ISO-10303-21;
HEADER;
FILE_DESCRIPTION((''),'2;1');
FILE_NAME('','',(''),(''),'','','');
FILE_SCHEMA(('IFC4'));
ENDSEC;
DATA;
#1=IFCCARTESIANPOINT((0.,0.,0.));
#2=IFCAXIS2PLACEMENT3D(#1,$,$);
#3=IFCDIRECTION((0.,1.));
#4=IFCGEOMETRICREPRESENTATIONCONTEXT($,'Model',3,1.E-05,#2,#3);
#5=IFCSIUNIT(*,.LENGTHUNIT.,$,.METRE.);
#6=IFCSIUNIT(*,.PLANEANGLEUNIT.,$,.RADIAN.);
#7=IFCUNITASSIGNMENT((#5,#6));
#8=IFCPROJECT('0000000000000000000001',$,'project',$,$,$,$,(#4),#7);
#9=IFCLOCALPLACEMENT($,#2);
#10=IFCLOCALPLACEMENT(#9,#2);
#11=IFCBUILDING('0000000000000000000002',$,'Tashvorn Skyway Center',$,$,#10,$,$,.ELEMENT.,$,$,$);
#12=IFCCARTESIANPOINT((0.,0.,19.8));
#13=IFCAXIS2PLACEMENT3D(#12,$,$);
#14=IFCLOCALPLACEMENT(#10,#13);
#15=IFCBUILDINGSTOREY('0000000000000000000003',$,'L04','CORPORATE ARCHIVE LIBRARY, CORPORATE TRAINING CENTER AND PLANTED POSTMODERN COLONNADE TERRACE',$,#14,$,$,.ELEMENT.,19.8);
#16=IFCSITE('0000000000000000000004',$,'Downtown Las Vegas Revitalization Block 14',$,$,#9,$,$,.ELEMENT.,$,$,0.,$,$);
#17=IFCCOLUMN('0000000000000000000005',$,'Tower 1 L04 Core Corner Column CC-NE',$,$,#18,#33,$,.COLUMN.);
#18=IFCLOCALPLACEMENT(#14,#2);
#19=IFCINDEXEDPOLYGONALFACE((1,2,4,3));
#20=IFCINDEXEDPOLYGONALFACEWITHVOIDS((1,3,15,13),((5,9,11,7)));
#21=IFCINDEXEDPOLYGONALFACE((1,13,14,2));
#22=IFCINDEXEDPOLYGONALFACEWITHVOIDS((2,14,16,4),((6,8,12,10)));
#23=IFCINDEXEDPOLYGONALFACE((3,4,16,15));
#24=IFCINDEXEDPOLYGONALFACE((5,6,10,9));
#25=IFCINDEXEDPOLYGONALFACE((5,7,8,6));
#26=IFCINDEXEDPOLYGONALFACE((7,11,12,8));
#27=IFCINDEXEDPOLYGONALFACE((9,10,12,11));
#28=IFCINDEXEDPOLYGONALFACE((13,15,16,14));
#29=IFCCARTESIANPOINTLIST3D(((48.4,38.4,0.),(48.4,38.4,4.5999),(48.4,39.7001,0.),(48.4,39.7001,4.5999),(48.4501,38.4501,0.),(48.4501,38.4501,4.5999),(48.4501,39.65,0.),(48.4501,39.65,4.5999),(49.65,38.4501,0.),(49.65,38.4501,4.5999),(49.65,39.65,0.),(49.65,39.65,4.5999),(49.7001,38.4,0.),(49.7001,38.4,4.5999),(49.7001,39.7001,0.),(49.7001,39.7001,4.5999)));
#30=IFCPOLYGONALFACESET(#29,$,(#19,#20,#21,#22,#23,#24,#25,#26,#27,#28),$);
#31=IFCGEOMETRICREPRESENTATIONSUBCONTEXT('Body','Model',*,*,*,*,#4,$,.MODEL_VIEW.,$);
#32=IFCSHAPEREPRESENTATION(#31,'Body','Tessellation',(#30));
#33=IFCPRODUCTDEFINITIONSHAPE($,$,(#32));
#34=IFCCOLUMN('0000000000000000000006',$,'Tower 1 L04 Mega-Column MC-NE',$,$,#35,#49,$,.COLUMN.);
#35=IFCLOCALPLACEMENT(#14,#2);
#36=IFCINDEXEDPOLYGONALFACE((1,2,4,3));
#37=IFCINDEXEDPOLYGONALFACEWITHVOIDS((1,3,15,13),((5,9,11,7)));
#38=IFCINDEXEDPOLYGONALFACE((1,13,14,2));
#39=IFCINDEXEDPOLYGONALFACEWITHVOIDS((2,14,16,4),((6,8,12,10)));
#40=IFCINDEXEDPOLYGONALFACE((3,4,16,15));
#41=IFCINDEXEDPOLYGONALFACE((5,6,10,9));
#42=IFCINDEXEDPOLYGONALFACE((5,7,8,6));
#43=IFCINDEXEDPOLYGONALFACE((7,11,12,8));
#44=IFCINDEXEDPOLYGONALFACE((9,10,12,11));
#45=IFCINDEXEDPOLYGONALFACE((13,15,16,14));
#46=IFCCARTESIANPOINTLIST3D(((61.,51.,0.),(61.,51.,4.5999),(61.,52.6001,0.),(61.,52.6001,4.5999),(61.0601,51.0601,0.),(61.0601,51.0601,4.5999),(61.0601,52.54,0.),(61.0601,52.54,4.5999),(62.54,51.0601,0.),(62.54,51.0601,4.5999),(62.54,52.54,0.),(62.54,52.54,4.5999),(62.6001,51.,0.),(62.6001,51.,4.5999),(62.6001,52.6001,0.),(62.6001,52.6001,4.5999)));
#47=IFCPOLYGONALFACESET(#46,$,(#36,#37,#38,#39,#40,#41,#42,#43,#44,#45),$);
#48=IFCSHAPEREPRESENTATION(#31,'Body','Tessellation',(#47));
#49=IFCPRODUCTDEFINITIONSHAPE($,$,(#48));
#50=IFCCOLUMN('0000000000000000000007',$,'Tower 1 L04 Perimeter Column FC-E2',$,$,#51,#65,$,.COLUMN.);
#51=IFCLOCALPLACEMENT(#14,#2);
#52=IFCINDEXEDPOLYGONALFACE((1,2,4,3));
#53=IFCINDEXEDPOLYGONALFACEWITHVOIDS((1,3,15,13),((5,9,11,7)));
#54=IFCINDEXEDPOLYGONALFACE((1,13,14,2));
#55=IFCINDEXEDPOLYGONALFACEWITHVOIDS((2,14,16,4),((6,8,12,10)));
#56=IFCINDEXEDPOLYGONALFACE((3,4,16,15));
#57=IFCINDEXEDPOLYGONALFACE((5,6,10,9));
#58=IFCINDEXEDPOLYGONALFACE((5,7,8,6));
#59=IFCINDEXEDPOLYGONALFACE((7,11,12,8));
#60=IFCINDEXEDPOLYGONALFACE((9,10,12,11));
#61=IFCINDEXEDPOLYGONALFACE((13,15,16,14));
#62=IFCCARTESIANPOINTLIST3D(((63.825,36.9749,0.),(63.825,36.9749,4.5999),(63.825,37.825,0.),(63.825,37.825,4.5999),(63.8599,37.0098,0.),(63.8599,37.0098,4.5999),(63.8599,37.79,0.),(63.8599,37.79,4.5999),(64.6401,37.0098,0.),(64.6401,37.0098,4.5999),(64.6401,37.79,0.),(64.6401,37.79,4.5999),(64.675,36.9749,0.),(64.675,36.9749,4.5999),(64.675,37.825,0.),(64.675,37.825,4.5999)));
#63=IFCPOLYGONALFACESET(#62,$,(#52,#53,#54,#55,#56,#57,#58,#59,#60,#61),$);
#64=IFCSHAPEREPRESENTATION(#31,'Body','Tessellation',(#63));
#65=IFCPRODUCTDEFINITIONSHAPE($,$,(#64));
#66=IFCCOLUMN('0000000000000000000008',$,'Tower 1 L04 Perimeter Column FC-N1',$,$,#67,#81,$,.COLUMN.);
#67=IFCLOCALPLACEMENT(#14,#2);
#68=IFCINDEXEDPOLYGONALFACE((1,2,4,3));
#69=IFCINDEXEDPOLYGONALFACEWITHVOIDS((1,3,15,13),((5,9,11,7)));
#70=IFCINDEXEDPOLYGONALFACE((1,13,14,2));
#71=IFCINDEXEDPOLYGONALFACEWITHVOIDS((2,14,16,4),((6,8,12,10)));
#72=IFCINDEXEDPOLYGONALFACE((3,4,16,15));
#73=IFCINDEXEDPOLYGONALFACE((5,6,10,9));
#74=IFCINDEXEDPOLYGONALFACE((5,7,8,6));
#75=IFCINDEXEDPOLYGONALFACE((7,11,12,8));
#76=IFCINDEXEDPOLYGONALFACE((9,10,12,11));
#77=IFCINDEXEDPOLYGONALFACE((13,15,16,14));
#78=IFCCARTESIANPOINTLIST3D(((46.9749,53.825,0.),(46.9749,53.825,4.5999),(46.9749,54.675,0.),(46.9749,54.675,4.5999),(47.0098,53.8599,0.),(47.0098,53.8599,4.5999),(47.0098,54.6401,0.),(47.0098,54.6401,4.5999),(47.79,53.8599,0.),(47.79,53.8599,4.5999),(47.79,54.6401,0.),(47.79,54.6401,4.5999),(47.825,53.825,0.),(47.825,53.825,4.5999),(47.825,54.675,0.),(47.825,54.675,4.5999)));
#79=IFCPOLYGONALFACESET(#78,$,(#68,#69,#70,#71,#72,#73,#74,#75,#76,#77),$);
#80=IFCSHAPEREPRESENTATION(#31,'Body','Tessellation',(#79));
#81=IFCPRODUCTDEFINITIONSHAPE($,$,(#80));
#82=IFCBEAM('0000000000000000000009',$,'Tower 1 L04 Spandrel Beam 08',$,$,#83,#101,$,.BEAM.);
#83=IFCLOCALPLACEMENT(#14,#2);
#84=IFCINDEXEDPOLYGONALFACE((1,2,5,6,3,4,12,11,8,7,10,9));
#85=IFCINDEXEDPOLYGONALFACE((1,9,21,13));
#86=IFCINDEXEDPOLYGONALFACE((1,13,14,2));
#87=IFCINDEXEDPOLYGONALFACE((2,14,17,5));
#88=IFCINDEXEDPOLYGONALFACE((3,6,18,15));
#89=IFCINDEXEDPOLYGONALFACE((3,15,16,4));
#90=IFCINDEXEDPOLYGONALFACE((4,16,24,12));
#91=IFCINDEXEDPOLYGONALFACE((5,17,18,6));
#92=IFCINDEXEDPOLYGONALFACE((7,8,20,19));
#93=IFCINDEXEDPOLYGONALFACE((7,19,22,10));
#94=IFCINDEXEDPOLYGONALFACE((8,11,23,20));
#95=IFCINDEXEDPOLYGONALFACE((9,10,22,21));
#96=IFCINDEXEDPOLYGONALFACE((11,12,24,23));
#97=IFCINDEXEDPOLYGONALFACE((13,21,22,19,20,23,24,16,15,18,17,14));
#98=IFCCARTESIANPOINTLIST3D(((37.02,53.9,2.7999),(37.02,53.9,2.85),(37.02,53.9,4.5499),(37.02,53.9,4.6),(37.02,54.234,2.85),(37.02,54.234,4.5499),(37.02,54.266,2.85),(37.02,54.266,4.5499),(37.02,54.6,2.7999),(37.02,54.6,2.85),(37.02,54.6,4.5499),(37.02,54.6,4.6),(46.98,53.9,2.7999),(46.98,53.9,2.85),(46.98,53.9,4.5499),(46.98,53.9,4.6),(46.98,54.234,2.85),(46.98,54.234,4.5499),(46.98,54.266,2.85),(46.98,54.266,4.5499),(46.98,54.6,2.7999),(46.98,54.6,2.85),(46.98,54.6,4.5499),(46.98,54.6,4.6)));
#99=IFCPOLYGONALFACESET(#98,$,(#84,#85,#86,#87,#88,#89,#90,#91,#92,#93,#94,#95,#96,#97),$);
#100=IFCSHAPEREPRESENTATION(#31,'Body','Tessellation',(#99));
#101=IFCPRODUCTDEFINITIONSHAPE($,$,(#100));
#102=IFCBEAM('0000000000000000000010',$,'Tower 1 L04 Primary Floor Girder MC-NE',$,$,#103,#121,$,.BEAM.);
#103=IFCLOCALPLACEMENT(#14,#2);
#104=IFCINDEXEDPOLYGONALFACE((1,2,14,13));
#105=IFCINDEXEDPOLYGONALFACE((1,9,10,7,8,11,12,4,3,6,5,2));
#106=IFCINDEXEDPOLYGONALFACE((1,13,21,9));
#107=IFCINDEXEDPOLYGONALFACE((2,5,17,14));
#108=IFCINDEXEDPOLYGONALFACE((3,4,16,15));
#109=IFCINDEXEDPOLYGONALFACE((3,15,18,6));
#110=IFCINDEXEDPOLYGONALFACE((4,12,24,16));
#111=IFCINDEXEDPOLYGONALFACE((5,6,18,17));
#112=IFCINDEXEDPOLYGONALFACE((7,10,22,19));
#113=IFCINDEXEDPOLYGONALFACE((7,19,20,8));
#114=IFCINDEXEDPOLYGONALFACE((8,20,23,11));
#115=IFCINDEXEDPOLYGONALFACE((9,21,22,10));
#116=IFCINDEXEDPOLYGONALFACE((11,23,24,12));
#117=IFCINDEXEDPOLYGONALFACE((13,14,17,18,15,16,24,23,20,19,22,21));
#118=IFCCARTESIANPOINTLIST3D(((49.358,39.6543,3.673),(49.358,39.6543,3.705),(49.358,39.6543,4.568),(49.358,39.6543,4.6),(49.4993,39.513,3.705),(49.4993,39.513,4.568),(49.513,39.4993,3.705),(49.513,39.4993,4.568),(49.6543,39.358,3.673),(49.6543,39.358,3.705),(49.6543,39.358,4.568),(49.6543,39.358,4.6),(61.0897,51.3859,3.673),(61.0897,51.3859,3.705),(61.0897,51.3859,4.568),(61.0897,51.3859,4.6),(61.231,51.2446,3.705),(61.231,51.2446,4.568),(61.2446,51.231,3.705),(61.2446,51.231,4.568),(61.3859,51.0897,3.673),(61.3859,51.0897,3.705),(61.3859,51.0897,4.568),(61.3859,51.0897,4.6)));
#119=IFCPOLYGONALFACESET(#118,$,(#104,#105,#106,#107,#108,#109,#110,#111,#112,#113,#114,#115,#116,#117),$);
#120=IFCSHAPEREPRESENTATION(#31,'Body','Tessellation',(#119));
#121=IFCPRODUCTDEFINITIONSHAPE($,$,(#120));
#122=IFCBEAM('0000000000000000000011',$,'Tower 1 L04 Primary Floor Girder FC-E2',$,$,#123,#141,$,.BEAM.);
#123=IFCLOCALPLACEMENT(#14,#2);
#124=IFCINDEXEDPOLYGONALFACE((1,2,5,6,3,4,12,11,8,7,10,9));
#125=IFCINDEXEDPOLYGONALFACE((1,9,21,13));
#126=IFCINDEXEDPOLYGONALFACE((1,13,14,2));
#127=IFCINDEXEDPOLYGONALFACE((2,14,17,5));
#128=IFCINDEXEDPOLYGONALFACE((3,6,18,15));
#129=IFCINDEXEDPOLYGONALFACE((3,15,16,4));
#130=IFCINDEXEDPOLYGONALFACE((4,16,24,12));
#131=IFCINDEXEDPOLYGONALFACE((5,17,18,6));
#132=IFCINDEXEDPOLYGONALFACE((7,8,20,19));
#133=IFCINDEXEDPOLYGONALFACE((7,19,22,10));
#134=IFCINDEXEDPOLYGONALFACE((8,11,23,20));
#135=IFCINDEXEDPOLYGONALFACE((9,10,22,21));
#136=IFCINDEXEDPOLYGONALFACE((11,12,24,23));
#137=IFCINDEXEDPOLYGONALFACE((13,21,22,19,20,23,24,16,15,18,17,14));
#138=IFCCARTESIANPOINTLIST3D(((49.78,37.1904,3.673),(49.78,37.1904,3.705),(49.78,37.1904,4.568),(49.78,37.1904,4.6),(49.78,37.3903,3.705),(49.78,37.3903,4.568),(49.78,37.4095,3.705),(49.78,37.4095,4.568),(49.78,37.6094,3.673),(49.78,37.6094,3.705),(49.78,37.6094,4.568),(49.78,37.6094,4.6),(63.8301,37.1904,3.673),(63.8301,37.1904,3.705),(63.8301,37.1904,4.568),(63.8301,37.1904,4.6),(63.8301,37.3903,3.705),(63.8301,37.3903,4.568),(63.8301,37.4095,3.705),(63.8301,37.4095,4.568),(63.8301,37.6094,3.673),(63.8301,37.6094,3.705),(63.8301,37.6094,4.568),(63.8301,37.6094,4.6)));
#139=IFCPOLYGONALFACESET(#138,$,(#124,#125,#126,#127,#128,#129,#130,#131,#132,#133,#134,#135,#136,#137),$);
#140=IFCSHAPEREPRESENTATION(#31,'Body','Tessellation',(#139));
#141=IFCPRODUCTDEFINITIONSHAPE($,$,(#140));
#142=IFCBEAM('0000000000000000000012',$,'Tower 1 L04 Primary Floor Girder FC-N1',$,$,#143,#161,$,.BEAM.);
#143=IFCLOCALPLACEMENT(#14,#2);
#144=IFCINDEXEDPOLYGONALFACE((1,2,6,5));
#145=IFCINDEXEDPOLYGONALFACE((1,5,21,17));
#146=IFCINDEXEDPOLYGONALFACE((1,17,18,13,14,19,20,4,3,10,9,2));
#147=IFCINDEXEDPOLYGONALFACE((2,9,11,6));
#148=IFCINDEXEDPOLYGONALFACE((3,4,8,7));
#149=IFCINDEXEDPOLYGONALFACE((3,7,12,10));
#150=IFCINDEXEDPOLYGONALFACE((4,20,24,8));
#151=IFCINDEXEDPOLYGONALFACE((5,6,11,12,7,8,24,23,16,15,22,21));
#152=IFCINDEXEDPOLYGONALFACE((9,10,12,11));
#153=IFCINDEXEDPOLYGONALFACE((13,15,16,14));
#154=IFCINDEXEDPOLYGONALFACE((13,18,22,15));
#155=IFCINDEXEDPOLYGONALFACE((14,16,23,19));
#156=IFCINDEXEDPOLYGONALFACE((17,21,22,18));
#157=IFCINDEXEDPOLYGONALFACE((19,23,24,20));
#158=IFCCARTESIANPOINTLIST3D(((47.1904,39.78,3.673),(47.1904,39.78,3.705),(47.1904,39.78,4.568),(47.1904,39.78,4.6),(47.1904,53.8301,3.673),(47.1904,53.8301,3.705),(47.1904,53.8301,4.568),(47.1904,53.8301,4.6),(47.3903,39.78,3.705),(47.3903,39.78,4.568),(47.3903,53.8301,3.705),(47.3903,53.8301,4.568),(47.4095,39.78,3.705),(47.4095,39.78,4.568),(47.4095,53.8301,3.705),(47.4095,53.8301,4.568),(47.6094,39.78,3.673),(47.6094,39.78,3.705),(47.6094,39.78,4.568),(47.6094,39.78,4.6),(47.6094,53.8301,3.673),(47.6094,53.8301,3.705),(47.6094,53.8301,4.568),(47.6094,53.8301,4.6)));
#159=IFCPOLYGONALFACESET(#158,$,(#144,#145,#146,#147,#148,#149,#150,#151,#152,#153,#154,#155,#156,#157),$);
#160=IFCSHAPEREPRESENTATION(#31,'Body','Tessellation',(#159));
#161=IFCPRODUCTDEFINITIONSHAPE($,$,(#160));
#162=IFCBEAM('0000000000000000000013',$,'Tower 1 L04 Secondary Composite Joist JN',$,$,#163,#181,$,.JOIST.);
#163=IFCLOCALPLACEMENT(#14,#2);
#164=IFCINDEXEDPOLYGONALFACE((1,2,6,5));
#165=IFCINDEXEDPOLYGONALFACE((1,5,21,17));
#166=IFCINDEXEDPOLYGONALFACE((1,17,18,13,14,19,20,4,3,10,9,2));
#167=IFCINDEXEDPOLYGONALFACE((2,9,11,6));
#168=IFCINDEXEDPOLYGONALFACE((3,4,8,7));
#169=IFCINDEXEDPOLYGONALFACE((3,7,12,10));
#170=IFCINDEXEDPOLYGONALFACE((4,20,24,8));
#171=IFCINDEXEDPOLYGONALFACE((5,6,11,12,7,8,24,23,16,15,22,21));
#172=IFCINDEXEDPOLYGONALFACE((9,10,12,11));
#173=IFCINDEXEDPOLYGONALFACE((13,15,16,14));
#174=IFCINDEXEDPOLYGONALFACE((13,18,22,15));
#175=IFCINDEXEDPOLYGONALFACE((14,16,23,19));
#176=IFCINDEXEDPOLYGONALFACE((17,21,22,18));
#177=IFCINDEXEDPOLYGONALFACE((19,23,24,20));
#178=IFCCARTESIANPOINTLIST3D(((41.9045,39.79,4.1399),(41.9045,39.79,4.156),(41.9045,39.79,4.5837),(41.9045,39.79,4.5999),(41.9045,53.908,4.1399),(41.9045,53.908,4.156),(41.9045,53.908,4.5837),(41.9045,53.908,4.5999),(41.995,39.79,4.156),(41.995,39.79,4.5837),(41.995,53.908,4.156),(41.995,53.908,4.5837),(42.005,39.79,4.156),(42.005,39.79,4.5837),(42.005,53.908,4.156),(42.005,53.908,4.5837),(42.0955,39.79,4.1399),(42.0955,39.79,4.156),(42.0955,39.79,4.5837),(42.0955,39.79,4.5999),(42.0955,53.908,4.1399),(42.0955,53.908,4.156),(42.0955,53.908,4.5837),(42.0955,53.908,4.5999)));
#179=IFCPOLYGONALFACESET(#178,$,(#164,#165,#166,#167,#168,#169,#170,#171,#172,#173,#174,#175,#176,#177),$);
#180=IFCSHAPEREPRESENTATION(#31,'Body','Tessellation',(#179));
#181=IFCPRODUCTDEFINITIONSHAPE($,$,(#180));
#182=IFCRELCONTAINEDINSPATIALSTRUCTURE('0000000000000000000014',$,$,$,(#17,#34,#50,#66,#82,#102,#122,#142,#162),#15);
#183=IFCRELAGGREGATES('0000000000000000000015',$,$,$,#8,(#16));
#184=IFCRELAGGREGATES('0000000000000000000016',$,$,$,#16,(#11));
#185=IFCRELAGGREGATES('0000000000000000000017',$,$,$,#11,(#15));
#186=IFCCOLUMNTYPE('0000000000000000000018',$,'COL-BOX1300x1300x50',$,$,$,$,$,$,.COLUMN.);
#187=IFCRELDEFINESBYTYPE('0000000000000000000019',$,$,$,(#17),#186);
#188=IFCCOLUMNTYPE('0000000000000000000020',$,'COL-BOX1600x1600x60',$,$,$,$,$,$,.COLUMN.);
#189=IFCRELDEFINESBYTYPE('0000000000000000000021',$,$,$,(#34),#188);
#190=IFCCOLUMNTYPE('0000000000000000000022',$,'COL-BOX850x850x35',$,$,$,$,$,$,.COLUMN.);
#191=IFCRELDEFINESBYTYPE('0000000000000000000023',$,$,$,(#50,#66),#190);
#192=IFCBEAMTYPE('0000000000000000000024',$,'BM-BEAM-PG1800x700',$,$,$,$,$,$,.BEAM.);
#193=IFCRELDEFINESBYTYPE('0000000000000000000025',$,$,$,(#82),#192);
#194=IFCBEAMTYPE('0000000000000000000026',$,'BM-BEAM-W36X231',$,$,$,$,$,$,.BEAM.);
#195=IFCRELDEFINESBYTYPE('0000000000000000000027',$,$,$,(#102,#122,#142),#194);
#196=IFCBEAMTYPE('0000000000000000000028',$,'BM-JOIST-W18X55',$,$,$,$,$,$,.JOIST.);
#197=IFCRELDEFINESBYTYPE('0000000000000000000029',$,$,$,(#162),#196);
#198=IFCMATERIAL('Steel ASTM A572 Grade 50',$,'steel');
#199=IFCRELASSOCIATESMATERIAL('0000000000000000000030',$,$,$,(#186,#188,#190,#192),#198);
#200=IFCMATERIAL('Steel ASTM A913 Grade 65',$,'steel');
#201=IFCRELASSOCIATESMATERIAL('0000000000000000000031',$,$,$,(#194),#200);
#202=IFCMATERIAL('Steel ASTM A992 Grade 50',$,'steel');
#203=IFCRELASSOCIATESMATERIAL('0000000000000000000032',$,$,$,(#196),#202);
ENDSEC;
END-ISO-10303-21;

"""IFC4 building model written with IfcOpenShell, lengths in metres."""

from ifc_helpers import new_model, si_unit, direction, frame, origin, origin_2d, place, context, subcontext, project, spatial, hollow_rectangle, i_section, extrude, material, material_profile, profile_set, type_object, element, save


model = new_model("IFC4")

# Units and contexts
model_context = context("Model", 3, precision=1e-05, world=origin(), true_north=direction((0.0, 1.0)))
body_context = subcontext(model_context, "Body", "Model", "MODEL_VIEW")
ifc_project = project(units=[si_unit("LENGTHUNIT", "METRE"), si_unit("PLANEANGLEUNIT", "RADIAN")], contexts=[model_context])

# Site, building, storey
site_placement = place(None, origin())
site = spatial("IfcSite", under=ifc_project, at=site_placement, Name="Downtown Las Vegas Revitalization Block 14", CompositionType="ELEMENT", RefElevation=0.0)
building_placement = place(site_placement, origin())
building = spatial("IfcBuilding", under=site, at=building_placement, Name="Tashvorn Skyway Center", CompositionType="ELEMENT")
storey_placement = place(building_placement, frame((0.0, 0.0, 19.8)))
storey = spatial("IfcBuildingStorey", under=building, at=storey_placement, Name="L04", Description="CORPORATE ARCHIVE LIBRARY, CORPORATE TRAINING CENTER AND PLANTED POSTMODERN COLONNADE TERRACE", CompositionType="ELEMENT", Elevation=19.8)

# Columns
ifc_material_1 = material(Name="Steel ASTM A572 Grade 50", Category="steel")
ifc_material_profile_1 = material_profile(ifc_material_1, hollow_rectangle(XDim=1.3, YDim=1.3, WallThickness=0.05, at=origin_2d()), Name="BOX1300x1300x50")
ifc_profile_set_1 = profile_set([ifc_material_profile_1], Name="Steel ASTM A572 Grade 50")
column_type_1 = type_object("IfcColumnType", Name="COL-BOX1300x1300x50", PredefinedType="COLUMN", material=ifc_profile_set_1)
column_1_placement = place(storey_placement, frame((49.05, 39.05, 0.0), z_axis=(0.0, 0.0, 1.0), x_axis=(1.0, 0.0, 0.0)))
element("IfcColumn", 1, at=column_1_placement, inside=storey, type_object=column_type_1, Name="Tower 1 L04 Core Corner Column CC-NE", PredefinedType="COLUMN", context=body_context, shape_type="SweptSolid", body=[
    extrude(hollow_rectangle(XDim=1.3, YDim=1.3, WallThickness=0.05, at=origin_2d()), origin(), (0.0, 0.0, 1.0), 4.5999),
])
ifc_material_profile_2 = material_profile(ifc_material_1, hollow_rectangle(XDim=1.6001, YDim=1.6001, WallThickness=0.0601, at=origin_2d()), Name="BOX1600x1600x60")
ifc_profile_set_2 = profile_set([ifc_material_profile_2], Name="Steel ASTM A572 Grade 50")
column_type_2 = type_object("IfcColumnType", Name="COL-BOX1600x1600x60", PredefinedType="COLUMN", material=ifc_profile_set_2)
column_2_placement = place(storey_placement, frame((61.8, 51.8, 0.0), z_axis=(0.0, 0.0, 1.0), x_axis=(1.0, 0.0, 0.0)))
element("IfcColumn", 2, at=column_2_placement, inside=storey, type_object=column_type_2, Name="Tower 1 L04 Mega-Column MC-NE", PredefinedType="COLUMN", context=body_context, shape_type="SweptSolid", body=[
    extrude(hollow_rectangle(XDim=1.6001, YDim=1.6001, WallThickness=0.0601, at=origin_2d()), origin(), (0.0, 0.0, 1.0), 4.5999),
])
ifc_material_profile_3 = material_profile(ifc_material_1, hollow_rectangle(XDim=0.8501, YDim=0.8501, WallThickness=0.0349, at=origin_2d()), Name="BOX850x850x35")
ifc_profile_set_3 = profile_set([ifc_material_profile_3], Name="Steel ASTM A572 Grade 50")
column_type_3 = type_object("IfcColumnType", Name="COL-BOX850x850x35", PredefinedType="COLUMN", material=ifc_profile_set_3)
for number, where, z_axis, x_axis, name in (
    (3, (64.25, 37.3999, 0.0), (0.0, 0.0, 1.0), (1.0, 0.0, 0.0), "Tower 1 L04 Perimeter Column FC-E2"),
    (4, (47.3999, 54.25, 0.0), (0.0, 0.0, 1.0), (1.0, 0.0, 0.0), "Tower 1 L04 Perimeter Column FC-N1"),
):
    element("IfcColumn", number, at=place(storey_placement, frame(where, z_axis=z_axis, x_axis=x_axis)), inside=storey, type_object=column_type_3, Name=name, PredefinedType="COLUMN", context=body_context, shape_type="SweptSolid", body=[
        extrude(hollow_rectangle(XDim=0.8501, YDim=0.8501, WallThickness=0.0349, at=origin_2d()), origin(), (0.0, 0.0, 1.0), 4.5999),
    ])

# Beams
ifc_material_profile_4 = material_profile(ifc_material_1, i_section(OverallWidth=0.7, OverallDepth=1.8, WebThickness=0.032, FlangeThickness=0.05, at=origin_2d()), Name="PG1800x700")
ifc_profile_set_4 = profile_set([ifc_material_profile_4], Name="Steel ASTM A572 Grade 50")
beam_type_1 = type_object("IfcBeamType", Name="BM-BEAM-PG1800x700", PredefinedType="BEAM", material=ifc_profile_set_4)
beam_1_placement = place(storey_placement, frame((46.98, 54.25, 3.7), z_axis=(-1.0, 0.0, 0.0), x_axis=(0.0, -1.0, 0.0)))
element("IfcBeam", 5, at=beam_1_placement, inside=storey, type_object=beam_type_1, Name="Tower 1 L04 Spandrel Beam 08", PredefinedType="BEAM", context=body_context, shape_type="SweptSolid", body=[
    extrude(i_section(OverallWidth=0.7, OverallDepth=1.8, WebThickness=0.032, FlangeThickness=0.05, at=origin_2d()), origin(), (0.0, 0.0, 1.0), 9.96),
])
ifc_material_2 = material(Name="Steel ASTM A913 Grade 65", Category="steel")
ifc_material_profile_5 = material_profile(ifc_material_2, i_section(OverallWidth=0.4189, OverallDepth=0.927, WebThickness=0.0193, FlangeThickness=0.032, at=origin_2d()), Name="W36X231")
ifc_profile_set_5 = profile_set([ifc_material_profile_5], Name="Steel ASTM A913 Grade 65")
beam_type_2 = type_object("IfcBeamType", Name="BM-BEAM-W36X231", PredefinedType="BEAM", material=ifc_profile_set_5)
beam_2_placement = place(storey_placement, frame((61.2378, 51.2378, 4.1365), z_axis=(-0.707107, -0.707107, 0.0), x_axis=(0.707107, -0.707107, 0.0)))
element("IfcBeam", 6, at=beam_2_placement, inside=storey, type_object=beam_type_2, Name="Tower 1 L04 Primary Floor Girder MC-NE", PredefinedType="BEAM", context=body_context, shape_type="SweptSolid", body=[
    extrude(i_section(OverallWidth=0.4189, OverallDepth=0.927, WebThickness=0.0193, FlangeThickness=0.032, at=origin_2d()), origin(), (0.0, 0.0, 1.0), 16.5911),
])
for number, where, z_axis, x_axis, name in (
    (7, (63.8301, 37.3999, 4.1365), (-1.0, 0.0, 0.0), (0.0, -1.0, 0.0), "Tower 1 L04 Primary Floor Girder FC-E2"),
    (8, (47.3999, 53.8301, 4.1365), (0.0, -1.0, 0.0), (1.0, 0.0, 0.0), "Tower 1 L04 Primary Floor Girder FC-N1"),
):
    element("IfcBeam", number, at=place(storey_placement, frame(where, z_axis=z_axis, x_axis=x_axis)), inside=storey, type_object=beam_type_2, Name=name, PredefinedType="BEAM", context=body_context, shape_type="SweptSolid", body=[
        extrude(i_section(OverallWidth=0.4189, OverallDepth=0.927, WebThickness=0.0193, FlangeThickness=0.032, at=origin_2d()), origin(), (0.0, 0.0, 1.0), 14.05),
    ])
ifc_material_3 = material(Name="Steel ASTM A992 Grade 50", Category="steel")
ifc_material_profile_6 = material_profile(ifc_material_3, i_section(OverallWidth=0.1909, OverallDepth=0.46, WebThickness=0.01, FlangeThickness=0.0161, at=origin_2d()), Name="W18X55")
ifc_profile_set_6 = profile_set([ifc_material_profile_6], Name="Steel ASTM A992 Grade 50")
beam_type_3 = type_object("IfcBeamType", Name="BM-JOIST-W18X55", PredefinedType="JOIST", material=ifc_profile_set_6)
beam_3_placement = place(storey_placement, frame((42.0, 39.79, 4.3699), z_axis=(0.0, 1.0, 0.0), x_axis=(-1.0, 0.0, 0.0)))
element("IfcBeam", 9, at=beam_3_placement, inside=storey, type_object=beam_type_3, Name="Tower 1 L04 Secondary Composite Joist JN", PredefinedType="JOIST", context=body_context, shape_type="SweptSolid", body=[
    extrude(i_section(OverallWidth=0.1909, OverallDepth=0.46, WebThickness=0.01, FlangeThickness=0.0161, at=origin_2d()), origin(), (0.0, 0.0, 1.0), 14.1179),
])

save(model, "model.ifc")
